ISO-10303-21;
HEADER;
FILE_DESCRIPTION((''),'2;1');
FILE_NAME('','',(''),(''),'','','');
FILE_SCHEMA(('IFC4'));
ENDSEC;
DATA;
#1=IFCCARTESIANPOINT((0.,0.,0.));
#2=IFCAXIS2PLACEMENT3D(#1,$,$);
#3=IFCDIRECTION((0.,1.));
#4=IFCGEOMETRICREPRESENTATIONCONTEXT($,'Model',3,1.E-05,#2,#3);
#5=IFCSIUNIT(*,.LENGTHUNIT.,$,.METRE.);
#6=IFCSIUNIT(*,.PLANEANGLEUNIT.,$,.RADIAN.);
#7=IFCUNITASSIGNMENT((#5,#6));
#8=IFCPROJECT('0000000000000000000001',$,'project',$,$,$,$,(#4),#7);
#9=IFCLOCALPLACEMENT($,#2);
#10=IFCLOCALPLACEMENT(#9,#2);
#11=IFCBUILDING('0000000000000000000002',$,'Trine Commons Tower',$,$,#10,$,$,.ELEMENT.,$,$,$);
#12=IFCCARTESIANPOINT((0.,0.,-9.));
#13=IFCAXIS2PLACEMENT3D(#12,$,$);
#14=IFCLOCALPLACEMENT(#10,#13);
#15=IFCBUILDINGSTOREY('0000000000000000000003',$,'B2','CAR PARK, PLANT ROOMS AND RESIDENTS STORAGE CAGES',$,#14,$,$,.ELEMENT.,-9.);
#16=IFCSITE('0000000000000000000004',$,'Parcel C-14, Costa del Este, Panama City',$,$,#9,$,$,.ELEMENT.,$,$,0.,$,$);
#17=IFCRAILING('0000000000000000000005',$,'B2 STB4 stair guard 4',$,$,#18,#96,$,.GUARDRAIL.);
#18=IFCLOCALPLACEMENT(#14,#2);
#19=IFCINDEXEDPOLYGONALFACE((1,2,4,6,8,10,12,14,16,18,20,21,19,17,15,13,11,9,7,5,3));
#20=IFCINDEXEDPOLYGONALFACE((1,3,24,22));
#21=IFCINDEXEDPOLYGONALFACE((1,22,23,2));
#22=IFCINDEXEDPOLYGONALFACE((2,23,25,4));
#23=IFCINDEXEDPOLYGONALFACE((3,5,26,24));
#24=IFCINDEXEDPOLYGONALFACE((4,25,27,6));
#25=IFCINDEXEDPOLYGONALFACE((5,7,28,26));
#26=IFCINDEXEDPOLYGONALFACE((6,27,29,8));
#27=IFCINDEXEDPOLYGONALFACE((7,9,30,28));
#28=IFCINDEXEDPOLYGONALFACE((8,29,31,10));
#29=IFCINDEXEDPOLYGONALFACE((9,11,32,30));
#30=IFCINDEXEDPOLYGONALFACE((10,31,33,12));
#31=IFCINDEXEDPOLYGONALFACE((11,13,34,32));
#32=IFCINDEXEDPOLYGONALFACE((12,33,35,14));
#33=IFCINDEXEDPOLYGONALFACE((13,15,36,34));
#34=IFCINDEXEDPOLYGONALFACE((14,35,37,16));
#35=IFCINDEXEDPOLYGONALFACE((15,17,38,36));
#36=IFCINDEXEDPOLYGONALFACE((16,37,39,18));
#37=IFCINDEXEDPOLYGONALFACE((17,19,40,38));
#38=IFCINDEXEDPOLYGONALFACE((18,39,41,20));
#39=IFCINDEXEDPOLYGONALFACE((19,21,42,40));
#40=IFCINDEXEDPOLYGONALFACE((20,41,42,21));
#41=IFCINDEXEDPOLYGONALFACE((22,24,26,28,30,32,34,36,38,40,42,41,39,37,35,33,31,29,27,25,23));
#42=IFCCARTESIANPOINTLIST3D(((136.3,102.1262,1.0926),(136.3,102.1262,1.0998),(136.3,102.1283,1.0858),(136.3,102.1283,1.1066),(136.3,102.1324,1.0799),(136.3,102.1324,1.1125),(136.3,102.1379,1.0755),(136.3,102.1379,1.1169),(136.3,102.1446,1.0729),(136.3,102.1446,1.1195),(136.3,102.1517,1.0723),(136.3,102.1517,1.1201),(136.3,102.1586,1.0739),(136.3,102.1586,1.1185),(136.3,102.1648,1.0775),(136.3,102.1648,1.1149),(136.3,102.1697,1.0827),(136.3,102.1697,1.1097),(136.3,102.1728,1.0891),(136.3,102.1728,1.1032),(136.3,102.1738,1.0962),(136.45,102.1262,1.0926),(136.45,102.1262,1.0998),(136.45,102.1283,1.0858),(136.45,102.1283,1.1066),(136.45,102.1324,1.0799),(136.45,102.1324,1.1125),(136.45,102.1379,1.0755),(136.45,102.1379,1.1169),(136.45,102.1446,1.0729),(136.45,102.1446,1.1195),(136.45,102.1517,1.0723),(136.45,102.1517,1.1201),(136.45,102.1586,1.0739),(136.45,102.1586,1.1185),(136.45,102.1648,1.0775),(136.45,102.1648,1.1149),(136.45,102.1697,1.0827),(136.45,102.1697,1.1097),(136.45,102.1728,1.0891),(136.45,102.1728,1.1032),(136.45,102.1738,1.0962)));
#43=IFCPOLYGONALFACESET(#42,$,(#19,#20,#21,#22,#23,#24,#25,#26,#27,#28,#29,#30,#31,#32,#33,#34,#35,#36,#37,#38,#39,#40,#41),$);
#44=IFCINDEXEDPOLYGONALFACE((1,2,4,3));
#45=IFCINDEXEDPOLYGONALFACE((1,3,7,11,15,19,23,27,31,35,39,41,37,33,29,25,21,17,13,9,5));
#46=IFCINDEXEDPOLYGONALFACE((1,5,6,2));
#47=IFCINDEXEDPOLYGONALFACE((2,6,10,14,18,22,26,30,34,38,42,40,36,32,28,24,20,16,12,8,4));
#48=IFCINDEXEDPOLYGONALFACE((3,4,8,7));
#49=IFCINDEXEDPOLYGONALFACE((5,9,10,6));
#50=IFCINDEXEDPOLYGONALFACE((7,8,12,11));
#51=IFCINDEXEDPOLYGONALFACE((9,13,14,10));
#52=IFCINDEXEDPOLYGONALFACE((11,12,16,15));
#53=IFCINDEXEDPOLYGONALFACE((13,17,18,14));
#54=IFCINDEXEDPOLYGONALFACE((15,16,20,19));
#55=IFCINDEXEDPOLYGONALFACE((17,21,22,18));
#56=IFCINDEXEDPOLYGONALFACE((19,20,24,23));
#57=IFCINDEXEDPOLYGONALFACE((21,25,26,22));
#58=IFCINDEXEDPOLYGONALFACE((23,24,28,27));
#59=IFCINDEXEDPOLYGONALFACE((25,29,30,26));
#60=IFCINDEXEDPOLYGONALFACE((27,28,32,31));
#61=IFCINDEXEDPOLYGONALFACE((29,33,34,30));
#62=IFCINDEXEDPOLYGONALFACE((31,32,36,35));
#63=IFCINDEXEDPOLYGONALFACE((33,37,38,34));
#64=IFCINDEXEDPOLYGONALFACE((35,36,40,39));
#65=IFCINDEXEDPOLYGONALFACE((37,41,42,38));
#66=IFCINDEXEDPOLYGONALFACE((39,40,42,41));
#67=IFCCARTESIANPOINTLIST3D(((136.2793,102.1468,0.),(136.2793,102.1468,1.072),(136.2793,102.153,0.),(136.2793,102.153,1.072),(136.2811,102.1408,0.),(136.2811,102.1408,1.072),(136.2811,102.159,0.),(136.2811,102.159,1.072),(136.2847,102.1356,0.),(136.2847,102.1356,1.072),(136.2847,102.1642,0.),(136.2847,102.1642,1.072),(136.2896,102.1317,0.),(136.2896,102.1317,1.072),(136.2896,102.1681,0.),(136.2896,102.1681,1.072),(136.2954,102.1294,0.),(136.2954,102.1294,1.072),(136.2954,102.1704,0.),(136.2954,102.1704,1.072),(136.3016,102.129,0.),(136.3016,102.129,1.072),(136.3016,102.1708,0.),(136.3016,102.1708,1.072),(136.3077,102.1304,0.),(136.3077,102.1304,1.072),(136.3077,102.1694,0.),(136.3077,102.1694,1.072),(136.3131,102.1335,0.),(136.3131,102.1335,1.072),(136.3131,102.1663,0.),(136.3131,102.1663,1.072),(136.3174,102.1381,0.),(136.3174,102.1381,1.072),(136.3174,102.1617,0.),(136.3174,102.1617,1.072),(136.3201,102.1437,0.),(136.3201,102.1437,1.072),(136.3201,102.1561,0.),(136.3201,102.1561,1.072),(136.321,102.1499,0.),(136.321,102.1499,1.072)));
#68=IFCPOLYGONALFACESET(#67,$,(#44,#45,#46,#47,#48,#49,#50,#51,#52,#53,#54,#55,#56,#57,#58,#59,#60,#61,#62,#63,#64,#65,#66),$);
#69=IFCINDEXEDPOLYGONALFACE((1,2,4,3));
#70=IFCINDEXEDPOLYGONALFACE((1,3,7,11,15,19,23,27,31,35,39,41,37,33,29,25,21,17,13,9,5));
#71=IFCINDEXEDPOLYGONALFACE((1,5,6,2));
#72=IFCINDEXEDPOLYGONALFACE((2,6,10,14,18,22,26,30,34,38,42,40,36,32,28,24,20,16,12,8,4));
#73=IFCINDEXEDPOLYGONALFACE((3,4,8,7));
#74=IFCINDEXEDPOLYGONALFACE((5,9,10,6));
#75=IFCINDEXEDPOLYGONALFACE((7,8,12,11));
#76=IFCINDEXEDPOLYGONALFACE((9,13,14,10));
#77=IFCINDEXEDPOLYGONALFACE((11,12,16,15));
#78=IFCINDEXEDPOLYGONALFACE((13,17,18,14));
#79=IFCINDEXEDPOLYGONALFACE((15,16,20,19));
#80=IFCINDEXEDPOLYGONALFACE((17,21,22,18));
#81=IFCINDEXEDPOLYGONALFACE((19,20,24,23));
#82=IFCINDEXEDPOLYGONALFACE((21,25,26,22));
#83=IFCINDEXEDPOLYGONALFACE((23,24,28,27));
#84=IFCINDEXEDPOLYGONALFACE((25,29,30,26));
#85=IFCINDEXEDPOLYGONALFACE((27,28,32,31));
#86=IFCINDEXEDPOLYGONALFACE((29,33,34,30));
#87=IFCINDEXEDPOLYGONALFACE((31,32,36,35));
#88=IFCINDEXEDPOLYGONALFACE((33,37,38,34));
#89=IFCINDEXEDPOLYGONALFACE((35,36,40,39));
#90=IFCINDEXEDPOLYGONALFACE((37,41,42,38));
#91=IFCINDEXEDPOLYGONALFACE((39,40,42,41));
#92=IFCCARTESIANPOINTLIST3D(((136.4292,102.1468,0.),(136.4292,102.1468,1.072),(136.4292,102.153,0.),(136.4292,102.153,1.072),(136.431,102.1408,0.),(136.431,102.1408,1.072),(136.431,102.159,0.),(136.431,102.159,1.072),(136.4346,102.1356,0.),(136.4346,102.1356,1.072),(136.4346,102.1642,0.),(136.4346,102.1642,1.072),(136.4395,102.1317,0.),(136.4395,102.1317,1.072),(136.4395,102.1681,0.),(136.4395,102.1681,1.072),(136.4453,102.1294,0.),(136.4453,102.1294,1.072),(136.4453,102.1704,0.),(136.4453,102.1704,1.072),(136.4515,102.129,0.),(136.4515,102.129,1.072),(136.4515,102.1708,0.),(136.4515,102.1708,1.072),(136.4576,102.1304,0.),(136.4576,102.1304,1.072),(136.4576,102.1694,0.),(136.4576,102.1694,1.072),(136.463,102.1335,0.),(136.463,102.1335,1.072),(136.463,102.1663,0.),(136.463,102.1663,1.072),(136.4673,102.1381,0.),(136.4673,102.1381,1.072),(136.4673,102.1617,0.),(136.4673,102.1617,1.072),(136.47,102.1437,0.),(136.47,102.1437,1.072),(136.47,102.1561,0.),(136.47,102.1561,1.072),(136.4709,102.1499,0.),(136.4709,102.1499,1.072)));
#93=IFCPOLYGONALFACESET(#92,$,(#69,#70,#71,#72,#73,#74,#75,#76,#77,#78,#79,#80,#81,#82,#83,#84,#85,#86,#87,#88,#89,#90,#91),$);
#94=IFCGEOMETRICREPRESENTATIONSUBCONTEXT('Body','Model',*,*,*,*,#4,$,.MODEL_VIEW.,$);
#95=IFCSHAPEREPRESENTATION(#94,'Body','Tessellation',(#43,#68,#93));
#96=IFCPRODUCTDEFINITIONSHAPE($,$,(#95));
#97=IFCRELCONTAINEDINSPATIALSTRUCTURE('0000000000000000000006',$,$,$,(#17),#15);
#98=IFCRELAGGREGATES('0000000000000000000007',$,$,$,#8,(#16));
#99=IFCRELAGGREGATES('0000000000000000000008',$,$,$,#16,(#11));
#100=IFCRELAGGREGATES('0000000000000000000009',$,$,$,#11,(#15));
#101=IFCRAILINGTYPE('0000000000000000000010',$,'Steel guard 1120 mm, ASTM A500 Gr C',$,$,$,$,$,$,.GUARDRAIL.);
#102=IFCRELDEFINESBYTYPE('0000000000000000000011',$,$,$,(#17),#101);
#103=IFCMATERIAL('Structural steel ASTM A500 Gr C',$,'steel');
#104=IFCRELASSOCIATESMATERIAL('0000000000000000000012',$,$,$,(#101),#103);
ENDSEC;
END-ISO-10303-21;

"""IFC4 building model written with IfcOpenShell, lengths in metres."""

from ifc_helpers import new_model, si_unit, direction, frame, origin, origin_2d, place, context, subcontext, project, spatial, circle, extrude, material, type_object, element, save


model = new_model("IFC4")

# Units and contexts
model_context = context("Model", 3, precision=1e-05, world=origin(), true_north=direction((0.0, 1.0)))
body_context = subcontext(model_context, "Body", "Model", "MODEL_VIEW")
ifc_project = project(units=[si_unit("LENGTHUNIT", "METRE"), si_unit("PLANEANGLEUNIT", "RADIAN")], contexts=[model_context])

# Site, building, storey
site_placement = place(None, origin())
site = spatial("IfcSite", under=ifc_project, at=site_placement, Name="Parcel C-14, Costa del Este, Panama City", CompositionType="ELEMENT", RefElevation=0.0)
building_placement = place(site_placement, origin())
building = spatial("IfcBuilding", under=site, at=building_placement, Name="Trine Commons Tower", CompositionType="ELEMENT")
storey_placement = place(building_placement, frame((0.0, 0.0, -9.0)))
storey = spatial("IfcBuildingStorey", under=building, at=storey_placement, Name="B2", Description="CAR PARK, PLANT ROOMS AND RESIDENTS STORAGE CAGES", CompositionType="ELEMENT", Elevation=-9.0)

# Railing
ifc_material_1 = material(Name="Structural steel ASTM A500 Gr C", Category="steel")
railing_type_1 = type_object("IfcRailingType", Name="Steel guard 1120 mm, ASTM A500 Gr C", PredefinedType="GUARDRAIL", material=ifc_material_1)
railing_1_placement = place(storey_placement, frame((136.3, 102.1499, 0.0)))
element("IfcRailing", 1, at=railing_1_placement, inside=storey, type_object=railing_type_1, Name="B2 STB4 stair guard 4", PredefinedType="GUARDRAIL", context=body_context, shape_type="SweptSolid", body=[
    extrude(circle(Radius=0.0239, at=origin_2d()), frame((0.0, 0.0, 1.0962), z_axis=(1.0, 0.0, 0.0), x_axis=(0.0, 1.0, 0.0)), (0.0, 0.0, 1.0), 0.1499),
    extrude(circle(Radius=0.021, at=origin_2d()), origin(), (0.0, 0.0, 1.0), 1.072),
    extrude(circle(Radius=0.021, at=origin_2d()), frame((0.1499, 0.0, 0.0)), (0.0, 0.0, 1.0), 1.072),
])

save(model, "model.ifc")
